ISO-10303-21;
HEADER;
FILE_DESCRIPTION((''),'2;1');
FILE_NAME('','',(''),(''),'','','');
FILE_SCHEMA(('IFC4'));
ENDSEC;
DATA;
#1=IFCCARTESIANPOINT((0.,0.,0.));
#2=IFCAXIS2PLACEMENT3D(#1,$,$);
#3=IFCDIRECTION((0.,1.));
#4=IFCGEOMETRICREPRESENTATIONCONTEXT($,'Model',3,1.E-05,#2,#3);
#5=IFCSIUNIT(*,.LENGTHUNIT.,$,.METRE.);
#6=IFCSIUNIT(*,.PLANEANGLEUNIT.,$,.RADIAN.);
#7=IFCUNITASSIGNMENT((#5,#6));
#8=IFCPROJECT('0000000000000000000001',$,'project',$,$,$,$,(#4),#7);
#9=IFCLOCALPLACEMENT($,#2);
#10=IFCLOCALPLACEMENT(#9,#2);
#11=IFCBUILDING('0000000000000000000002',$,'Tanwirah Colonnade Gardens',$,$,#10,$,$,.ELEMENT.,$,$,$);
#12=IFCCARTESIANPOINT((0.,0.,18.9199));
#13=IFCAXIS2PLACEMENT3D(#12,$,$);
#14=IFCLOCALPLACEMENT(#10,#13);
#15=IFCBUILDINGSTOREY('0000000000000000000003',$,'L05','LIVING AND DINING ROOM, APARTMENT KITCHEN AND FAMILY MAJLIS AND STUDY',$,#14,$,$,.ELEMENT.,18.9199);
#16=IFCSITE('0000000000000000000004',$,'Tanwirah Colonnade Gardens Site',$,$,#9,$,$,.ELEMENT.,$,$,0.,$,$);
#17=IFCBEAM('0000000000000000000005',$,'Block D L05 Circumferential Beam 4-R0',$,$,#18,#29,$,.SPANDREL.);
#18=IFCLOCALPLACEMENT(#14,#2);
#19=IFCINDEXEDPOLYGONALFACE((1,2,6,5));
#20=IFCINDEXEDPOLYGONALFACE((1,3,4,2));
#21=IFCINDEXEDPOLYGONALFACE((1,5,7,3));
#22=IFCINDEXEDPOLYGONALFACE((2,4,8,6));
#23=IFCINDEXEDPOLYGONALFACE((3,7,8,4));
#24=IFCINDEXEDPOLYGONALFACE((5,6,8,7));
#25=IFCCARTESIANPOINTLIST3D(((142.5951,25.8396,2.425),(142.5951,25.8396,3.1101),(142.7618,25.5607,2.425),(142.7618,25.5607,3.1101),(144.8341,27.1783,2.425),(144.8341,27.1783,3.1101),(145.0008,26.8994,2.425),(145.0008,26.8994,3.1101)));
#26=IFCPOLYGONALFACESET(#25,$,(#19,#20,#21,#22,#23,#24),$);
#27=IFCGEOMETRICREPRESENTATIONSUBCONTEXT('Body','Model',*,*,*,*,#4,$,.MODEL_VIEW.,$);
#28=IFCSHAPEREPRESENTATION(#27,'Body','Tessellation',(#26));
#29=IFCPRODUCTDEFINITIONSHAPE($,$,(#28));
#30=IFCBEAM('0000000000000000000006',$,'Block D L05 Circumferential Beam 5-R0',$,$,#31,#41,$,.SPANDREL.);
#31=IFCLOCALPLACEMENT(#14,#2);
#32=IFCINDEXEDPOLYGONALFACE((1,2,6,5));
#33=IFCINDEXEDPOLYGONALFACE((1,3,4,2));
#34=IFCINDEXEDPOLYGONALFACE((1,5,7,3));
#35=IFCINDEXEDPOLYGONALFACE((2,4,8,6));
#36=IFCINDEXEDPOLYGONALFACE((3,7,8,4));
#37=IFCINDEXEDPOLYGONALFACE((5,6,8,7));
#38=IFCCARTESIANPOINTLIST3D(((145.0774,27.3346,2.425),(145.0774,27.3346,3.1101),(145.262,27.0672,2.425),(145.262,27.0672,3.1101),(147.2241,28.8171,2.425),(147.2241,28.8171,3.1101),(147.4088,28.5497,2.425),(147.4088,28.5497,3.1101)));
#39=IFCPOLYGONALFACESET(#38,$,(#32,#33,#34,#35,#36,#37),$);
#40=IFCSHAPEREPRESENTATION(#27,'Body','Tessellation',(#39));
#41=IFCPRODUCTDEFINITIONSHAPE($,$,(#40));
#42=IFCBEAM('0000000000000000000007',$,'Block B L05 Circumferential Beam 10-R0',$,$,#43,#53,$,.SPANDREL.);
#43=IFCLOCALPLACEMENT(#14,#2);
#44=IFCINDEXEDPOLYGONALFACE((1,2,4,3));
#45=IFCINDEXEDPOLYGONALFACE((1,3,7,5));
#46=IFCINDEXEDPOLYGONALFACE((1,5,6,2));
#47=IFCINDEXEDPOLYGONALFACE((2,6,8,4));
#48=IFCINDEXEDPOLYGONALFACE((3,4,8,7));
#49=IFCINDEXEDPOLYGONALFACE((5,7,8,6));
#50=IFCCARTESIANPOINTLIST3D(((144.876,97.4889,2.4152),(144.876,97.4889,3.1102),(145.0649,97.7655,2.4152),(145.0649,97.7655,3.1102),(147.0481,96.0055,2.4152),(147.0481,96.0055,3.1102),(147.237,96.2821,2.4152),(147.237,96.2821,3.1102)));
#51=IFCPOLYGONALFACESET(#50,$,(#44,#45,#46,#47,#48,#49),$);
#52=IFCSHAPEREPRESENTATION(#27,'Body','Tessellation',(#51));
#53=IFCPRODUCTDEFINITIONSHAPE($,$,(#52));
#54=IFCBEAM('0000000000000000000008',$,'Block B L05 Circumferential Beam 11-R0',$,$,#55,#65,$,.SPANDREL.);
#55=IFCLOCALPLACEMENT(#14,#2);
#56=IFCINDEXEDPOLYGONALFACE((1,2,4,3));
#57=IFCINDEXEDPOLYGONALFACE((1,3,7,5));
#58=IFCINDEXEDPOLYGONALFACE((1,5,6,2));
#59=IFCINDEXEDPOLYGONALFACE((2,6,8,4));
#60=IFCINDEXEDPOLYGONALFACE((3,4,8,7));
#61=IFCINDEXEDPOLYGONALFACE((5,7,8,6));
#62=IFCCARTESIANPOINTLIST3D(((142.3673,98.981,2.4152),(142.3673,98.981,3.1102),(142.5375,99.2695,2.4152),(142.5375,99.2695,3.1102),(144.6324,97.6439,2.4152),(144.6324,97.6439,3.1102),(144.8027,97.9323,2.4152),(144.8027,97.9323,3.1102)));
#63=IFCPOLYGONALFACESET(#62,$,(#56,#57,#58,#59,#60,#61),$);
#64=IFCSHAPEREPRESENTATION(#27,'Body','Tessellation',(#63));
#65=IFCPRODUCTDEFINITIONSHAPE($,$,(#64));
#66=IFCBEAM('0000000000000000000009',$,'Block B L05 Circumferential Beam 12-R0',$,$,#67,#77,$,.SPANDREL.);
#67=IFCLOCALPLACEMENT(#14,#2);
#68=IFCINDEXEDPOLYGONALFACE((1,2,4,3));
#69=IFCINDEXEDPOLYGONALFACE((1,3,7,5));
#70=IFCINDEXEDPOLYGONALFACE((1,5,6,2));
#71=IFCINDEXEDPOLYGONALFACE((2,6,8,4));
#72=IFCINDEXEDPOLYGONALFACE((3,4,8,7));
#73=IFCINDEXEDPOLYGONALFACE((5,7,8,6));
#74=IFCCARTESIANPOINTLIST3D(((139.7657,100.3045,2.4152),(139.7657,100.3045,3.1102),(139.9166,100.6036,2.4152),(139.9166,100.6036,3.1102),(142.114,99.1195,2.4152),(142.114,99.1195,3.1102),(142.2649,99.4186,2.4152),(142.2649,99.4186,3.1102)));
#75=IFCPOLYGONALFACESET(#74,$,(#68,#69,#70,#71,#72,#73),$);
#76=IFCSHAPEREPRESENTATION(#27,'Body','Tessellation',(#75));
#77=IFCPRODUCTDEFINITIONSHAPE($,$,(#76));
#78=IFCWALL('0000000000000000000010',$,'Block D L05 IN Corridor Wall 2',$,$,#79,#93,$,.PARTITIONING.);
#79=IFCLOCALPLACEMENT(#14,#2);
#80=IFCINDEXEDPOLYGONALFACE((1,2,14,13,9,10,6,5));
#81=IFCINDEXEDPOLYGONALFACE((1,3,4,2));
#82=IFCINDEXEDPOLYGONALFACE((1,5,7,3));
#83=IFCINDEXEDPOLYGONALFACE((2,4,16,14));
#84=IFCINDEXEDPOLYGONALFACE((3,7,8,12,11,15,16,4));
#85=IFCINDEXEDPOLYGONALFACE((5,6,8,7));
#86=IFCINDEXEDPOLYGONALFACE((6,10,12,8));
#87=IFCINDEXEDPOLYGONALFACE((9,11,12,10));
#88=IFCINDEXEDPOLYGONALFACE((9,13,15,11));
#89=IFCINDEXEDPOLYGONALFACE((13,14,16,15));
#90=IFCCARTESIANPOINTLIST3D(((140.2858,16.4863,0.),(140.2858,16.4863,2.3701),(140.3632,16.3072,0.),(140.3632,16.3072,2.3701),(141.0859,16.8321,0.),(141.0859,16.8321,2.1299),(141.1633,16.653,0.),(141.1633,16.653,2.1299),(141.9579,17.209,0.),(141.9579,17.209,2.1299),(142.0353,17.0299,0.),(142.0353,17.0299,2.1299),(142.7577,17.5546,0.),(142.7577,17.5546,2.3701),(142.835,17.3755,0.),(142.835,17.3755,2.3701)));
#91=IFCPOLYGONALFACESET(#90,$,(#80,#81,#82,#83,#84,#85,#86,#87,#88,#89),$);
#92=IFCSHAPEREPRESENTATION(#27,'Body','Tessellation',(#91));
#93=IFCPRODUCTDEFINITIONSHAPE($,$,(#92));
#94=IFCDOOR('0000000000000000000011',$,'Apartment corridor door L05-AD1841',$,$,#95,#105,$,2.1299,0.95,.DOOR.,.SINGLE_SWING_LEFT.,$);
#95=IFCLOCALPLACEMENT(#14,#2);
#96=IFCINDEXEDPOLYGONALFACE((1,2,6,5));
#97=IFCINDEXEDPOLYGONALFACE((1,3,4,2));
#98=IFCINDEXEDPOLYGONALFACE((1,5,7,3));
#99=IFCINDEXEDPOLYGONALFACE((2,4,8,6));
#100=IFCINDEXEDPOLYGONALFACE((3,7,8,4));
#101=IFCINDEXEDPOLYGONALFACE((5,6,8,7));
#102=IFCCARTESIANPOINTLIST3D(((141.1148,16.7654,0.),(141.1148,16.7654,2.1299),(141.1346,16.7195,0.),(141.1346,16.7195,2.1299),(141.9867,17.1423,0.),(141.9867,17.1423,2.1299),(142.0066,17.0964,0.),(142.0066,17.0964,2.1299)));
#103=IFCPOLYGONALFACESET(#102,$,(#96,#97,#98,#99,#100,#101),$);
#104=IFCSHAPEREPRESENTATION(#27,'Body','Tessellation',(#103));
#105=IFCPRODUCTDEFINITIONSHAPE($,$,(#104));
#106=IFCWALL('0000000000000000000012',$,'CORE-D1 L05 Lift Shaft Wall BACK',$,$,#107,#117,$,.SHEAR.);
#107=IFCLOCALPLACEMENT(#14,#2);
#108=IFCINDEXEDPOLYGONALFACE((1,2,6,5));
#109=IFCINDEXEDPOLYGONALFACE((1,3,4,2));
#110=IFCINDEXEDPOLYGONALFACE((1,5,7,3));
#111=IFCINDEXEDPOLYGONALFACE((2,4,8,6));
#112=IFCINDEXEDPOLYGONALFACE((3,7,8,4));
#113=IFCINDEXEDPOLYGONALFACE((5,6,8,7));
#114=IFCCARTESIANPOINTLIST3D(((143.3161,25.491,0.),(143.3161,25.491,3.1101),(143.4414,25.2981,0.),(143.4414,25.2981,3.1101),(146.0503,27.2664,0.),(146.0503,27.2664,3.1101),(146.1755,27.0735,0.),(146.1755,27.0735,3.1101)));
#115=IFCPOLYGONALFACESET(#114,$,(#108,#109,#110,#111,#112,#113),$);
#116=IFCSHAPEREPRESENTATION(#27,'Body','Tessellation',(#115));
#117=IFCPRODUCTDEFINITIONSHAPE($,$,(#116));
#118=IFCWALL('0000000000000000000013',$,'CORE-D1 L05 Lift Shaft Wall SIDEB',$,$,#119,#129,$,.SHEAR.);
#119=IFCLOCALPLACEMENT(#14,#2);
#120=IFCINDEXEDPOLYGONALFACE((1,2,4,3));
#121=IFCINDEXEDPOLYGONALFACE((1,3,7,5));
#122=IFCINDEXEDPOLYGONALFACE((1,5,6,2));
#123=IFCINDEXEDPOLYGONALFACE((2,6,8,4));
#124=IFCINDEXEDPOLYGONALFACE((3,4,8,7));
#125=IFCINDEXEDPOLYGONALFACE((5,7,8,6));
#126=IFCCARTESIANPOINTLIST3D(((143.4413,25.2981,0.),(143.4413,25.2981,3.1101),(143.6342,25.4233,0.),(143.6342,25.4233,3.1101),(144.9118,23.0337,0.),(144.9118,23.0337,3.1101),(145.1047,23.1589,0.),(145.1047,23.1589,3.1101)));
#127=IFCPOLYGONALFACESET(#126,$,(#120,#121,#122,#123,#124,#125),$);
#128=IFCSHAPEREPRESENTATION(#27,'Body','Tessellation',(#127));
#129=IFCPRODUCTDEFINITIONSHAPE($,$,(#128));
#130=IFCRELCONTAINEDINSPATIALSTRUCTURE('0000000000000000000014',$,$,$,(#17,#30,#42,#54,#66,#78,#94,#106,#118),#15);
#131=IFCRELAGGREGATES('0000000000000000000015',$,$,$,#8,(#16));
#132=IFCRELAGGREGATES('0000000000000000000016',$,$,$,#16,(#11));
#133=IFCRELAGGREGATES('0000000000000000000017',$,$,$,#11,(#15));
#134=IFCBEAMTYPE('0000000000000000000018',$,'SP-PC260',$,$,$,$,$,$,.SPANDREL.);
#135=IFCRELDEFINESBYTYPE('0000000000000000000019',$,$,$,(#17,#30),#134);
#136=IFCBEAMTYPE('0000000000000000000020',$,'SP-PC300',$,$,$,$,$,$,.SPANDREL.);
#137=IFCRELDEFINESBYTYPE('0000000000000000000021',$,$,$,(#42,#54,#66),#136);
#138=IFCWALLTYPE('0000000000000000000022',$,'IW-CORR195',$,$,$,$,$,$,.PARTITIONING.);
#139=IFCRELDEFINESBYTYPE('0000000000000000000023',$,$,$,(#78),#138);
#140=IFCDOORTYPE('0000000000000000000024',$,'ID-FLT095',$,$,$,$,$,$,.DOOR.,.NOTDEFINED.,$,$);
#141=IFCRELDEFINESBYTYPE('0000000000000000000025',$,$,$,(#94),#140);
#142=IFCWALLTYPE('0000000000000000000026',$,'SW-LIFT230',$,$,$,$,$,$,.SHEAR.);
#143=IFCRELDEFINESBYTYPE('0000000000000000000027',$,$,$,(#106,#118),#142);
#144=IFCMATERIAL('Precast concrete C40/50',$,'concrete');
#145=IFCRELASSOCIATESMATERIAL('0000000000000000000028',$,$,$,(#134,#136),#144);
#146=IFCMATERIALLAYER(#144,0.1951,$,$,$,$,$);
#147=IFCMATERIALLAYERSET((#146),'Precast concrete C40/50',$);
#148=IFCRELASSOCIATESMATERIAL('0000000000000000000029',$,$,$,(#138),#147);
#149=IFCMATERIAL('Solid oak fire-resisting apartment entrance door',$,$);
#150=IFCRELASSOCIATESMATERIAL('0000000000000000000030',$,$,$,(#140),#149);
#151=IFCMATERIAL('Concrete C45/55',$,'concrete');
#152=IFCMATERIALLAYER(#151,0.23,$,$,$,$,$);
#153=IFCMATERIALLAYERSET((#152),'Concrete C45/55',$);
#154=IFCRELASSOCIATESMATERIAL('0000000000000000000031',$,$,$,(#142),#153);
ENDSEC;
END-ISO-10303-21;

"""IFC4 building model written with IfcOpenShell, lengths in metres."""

from ifc_helpers import new_model, si_unit, direction, frame, frame_2d, origin, origin_2d, place, context, subcontext, project, spatial, rectangle, extrude, material, layer, layer_set, material_profile, profile_set, type_object, element, fill, save


model = new_model("IFC4")

# Units and contexts
model_context = context("Model", 3, precision=1e-05, world=origin(), true_north=direction((0.0, 1.0)))
body_context = subcontext(model_context, "Body", "Model", "MODEL_VIEW")
ifc_project = project(units=[si_unit("LENGTHUNIT", "METRE"), si_unit("PLANEANGLEUNIT", "RADIAN")], contexts=[model_context])

# Site, building, storey
site_placement = place(None, origin())
site = spatial("IfcSite", under=ifc_project, at=site_placement, Name="Tanwirah Colonnade Gardens Site", CompositionType="ELEMENT", RefElevation=0.0)
building_placement = place(site_placement, origin())
building = spatial("IfcBuilding", under=site, at=building_placement, Name="Tanwirah Colonnade Gardens", CompositionType="ELEMENT")
storey_placement = place(building_placement, frame((0.0, 0.0, 18.9199)))
storey = spatial("IfcBuildingStorey", under=building, at=storey_placement, Name="L05", Description="LIVING AND DINING ROOM, APARTMENT KITCHEN AND FAMILY MAJLIS AND STUDY", CompositionType="ELEMENT", Elevation=18.9199)

# Shared definitions
ifc_material_1 = material(Name="Precast concrete C40/50", Category="concrete")

# Beams
ifc_material_profile_1 = material_profile(ifc_material_1, rectangle(XDim=0.325, YDim=0.6851, at=origin_2d()), Name="PC-SP 325x685")
ifc_profile_set_1 = profile_set([ifc_material_profile_1], Name="Precast concrete C40/50")
beam_type_1 = type_object("IfcBeamType", Name="SP-PC260", PredefinedType="SPANDREL", material=ifc_profile_set_1)
beam_1_placement = place(storey_placement, frame((142.6785, 25.7002, 2.7676), z_axis=(0.858301, 0.513146, 0.0), x_axis=(-0.513146, 0.858301, 0.0)))
element("IfcBeam", 1, at=beam_1_placement, inside=storey, type_object=beam_type_1, Name="Block D L05 Circumferential Beam 4-R0", PredefinedType="SPANDREL", context=body_context, shape_type="SweptSolid", body=[
    extrude(rectangle(XDim=0.325, YDim=0.6851, at=origin_2d()), origin(), (0.0, 0.0, 1.0), 2.6086),
])
beam_2_placement = place(storey_placement, frame((145.1697, 27.2009, 2.7676), z_axis=(0.822869, 0.568231, 0.0), x_axis=(-0.568231, 0.822869, 0.0)))
element("IfcBeam", 2, at=beam_2_placement, inside=storey, type_object=beam_type_1, Name="Block D L05 Circumferential Beam 5-R0", PredefinedType="SPANDREL", context=body_context, shape_type="SweptSolid", body=[
    extrude(rectangle(XDim=0.325, YDim=0.6851, at=origin_2d()), origin(), (0.0, 0.0, 1.0), 2.6089),
])
ifc_material_profile_2 = material_profile(ifc_material_1, rectangle(XDim=0.335, YDim=0.6951, at=origin_2d()), Name="PC-SP 335x695")
ifc_profile_set_2 = profile_set([ifc_material_profile_2], Name="Precast concrete C40/50")
beam_type_2 = type_object("IfcBeamType", Name="SP-PC300", PredefinedType="SPANDREL", material=ifc_profile_set_2)
for number, where, z_axis, x_axis, name in (
    (3, (147.1426, 96.1438, 2.7627), (-0.825801, 0.563962, 0.0), (-0.563962, -0.825801, 0.0), "Block B L05 Circumferential Beam 10-R0"),
    (4, (144.7175, 97.7881, 2.7627), (-0.861148, 0.508354, 0.0), (-0.508354, -0.861148, 0.0), "Block B L05 Circumferential Beam 11-R0"),
    (5, (142.1895, 99.269, 2.7627), (-0.892769, 0.450515, 0.0), (-0.450515, -0.892769, 0.0), "Block B L05 Circumferential Beam 12-R0"),
):
    element("IfcBeam", number, at=place(storey_placement, frame(where, z_axis=z_axis, x_axis=x_axis)), inside=storey, type_object=beam_type_2, Name=name, PredefinedType="SPANDREL", context=body_context, shape_type="SweptSolid", body=[
        extrude(rectangle(XDim=0.335, YDim=0.6951, at=origin_2d()), origin(), (0.0, 0.0, 1.0), 2.6304),
    ])

# Wall, opening, door
ifc_layer_1 = layer(ifc_material_1, 0.1951)
ifc_layer_set_1 = layer_set([ifc_layer_1], Name="Precast concrete C40/50")
wall_type_1 = type_object("IfcWallType", Name="IW-CORR195", PredefinedType="PARTITIONING", material=ifc_layer_set_1)
wall_1_placement = place(storey_placement, frame((140.3245, 16.3967, 0.0), z_axis=(0.0, 0.0, 1.0), x_axis=(0.917936, 0.396729, 0.0)))
wall_1 = element("IfcWall", 6, at=wall_1_placement, inside=storey, type_object=wall_type_1, Name="Block D L05 IN Corridor Wall 2", PredefinedType="PARTITIONING", context=body_context, shape_type="SweptSolid", body=[
    extrude(rectangle(XDim=2.6929, YDim=0.1951, at=frame_2d((1.3464, 0.0))), origin(), (0.0, 0.0, 1.0), 2.3701),
])
opening_1_placement = place(wall_1_placement, frame((0.8716, 0.0, 0.0)))
opening_1 = element("IfcOpeningElement", 7, at=opening_1_placement, cuts=wall_1, PredefinedType="OPENING", context=body_context, shape_type="SweptSolid", body=[
    extrude(rectangle(XDim=0.95, YDim=2.1299, at=frame_2d((0.4751, 1.0649))), frame((0.0, 0.1074, 0.0), z_axis=(0.0, -1.0, 0.0), x_axis=(1.0, 0.0, 0.0)), (0.0, 0.0, 1.0), 0.2151),
])
ifc_material_2 = material(Name="Solid oak fire-resisting apartment entrance door")
door_type_1 = type_object("IfcDoorType", Name="ID-FLT095", OperationType="NOTDEFINED", PredefinedType="DOOR", material=ifc_material_2)
door_1_placement = place(opening_1_placement, origin())
door_1 = element("IfcDoor", 8, at=door_1_placement, inside=storey, type_object=door_type_1, Name="Apartment corridor door L05-AD1841", OperationType="SINGLE_SWING_LEFT", OverallHeight=2.1299, OverallWidth=0.95, PredefinedType="DOOR", context=body_context, shape_type="SweptSolid", body=[
    extrude(rectangle(XDim=0.95, YDim=2.1299, at=frame_2d((0.4751, 1.0649))), frame((0.0, 0.0249, 0.0), z_axis=(0.0, -1.0, 0.0), x_axis=(1.0, 0.0, 0.0)), (0.0, 0.0, 1.0), 0.05),
])
fill(opening_1, door_1)

# Walls
ifc_material_3 = material(Name="Concrete C45/55", Category="concrete")
ifc_layer_2 = layer(ifc_material_3, 0.23)
ifc_layer_set_2 = layer_set([ifc_layer_2], Name="Concrete C45/55")
wall_type_2 = type_object("IfcWallType", Name="SW-LIFT230", PredefinedType="SHEAR", material=ifc_layer_set_2)
wall_2_placement = place(storey_placement, frame((146.1128, 27.1699, 0.0), z_axis=(0.0, 0.0, 1.0), x_axis=(-0.838695, -0.544601, 0.0)))
element("IfcWall", 9, at=wall_2_placement, inside=storey, type_object=wall_type_2, Name="CORE-D1 L05 Lift Shaft Wall BACK", PredefinedType="SHEAR", context=body_context, shape_type="SweptSolid", body=[
    extrude(rectangle(XDim=3.26, YDim=0.23, at=frame_2d((1.6299, 0.0))), origin(), (0.0, 0.0, 1.0), 3.1101),
])
wall_3_placement = place(storey_placement, frame((145.0083, 23.0962, 0.0), z_axis=(0.0, 0.0, 1.0), x_axis=(-0.544623, 0.838681, 0.0)))
element("IfcWall", 10, at=wall_3_placement, inside=storey, type_object=wall_type_2, Name="CORE-D1 L05 Lift Shaft Wall SIDEB", PredefinedType="SHEAR", context=body_context, shape_type="SweptSolid", body=[
    extrude(rectangle(XDim=2.7, YDim=0.23, at=frame_2d((1.3501, 0.0))), origin(), (0.0, 0.0, 1.0), 3.1101),
])

save(model, "model.ifc")
